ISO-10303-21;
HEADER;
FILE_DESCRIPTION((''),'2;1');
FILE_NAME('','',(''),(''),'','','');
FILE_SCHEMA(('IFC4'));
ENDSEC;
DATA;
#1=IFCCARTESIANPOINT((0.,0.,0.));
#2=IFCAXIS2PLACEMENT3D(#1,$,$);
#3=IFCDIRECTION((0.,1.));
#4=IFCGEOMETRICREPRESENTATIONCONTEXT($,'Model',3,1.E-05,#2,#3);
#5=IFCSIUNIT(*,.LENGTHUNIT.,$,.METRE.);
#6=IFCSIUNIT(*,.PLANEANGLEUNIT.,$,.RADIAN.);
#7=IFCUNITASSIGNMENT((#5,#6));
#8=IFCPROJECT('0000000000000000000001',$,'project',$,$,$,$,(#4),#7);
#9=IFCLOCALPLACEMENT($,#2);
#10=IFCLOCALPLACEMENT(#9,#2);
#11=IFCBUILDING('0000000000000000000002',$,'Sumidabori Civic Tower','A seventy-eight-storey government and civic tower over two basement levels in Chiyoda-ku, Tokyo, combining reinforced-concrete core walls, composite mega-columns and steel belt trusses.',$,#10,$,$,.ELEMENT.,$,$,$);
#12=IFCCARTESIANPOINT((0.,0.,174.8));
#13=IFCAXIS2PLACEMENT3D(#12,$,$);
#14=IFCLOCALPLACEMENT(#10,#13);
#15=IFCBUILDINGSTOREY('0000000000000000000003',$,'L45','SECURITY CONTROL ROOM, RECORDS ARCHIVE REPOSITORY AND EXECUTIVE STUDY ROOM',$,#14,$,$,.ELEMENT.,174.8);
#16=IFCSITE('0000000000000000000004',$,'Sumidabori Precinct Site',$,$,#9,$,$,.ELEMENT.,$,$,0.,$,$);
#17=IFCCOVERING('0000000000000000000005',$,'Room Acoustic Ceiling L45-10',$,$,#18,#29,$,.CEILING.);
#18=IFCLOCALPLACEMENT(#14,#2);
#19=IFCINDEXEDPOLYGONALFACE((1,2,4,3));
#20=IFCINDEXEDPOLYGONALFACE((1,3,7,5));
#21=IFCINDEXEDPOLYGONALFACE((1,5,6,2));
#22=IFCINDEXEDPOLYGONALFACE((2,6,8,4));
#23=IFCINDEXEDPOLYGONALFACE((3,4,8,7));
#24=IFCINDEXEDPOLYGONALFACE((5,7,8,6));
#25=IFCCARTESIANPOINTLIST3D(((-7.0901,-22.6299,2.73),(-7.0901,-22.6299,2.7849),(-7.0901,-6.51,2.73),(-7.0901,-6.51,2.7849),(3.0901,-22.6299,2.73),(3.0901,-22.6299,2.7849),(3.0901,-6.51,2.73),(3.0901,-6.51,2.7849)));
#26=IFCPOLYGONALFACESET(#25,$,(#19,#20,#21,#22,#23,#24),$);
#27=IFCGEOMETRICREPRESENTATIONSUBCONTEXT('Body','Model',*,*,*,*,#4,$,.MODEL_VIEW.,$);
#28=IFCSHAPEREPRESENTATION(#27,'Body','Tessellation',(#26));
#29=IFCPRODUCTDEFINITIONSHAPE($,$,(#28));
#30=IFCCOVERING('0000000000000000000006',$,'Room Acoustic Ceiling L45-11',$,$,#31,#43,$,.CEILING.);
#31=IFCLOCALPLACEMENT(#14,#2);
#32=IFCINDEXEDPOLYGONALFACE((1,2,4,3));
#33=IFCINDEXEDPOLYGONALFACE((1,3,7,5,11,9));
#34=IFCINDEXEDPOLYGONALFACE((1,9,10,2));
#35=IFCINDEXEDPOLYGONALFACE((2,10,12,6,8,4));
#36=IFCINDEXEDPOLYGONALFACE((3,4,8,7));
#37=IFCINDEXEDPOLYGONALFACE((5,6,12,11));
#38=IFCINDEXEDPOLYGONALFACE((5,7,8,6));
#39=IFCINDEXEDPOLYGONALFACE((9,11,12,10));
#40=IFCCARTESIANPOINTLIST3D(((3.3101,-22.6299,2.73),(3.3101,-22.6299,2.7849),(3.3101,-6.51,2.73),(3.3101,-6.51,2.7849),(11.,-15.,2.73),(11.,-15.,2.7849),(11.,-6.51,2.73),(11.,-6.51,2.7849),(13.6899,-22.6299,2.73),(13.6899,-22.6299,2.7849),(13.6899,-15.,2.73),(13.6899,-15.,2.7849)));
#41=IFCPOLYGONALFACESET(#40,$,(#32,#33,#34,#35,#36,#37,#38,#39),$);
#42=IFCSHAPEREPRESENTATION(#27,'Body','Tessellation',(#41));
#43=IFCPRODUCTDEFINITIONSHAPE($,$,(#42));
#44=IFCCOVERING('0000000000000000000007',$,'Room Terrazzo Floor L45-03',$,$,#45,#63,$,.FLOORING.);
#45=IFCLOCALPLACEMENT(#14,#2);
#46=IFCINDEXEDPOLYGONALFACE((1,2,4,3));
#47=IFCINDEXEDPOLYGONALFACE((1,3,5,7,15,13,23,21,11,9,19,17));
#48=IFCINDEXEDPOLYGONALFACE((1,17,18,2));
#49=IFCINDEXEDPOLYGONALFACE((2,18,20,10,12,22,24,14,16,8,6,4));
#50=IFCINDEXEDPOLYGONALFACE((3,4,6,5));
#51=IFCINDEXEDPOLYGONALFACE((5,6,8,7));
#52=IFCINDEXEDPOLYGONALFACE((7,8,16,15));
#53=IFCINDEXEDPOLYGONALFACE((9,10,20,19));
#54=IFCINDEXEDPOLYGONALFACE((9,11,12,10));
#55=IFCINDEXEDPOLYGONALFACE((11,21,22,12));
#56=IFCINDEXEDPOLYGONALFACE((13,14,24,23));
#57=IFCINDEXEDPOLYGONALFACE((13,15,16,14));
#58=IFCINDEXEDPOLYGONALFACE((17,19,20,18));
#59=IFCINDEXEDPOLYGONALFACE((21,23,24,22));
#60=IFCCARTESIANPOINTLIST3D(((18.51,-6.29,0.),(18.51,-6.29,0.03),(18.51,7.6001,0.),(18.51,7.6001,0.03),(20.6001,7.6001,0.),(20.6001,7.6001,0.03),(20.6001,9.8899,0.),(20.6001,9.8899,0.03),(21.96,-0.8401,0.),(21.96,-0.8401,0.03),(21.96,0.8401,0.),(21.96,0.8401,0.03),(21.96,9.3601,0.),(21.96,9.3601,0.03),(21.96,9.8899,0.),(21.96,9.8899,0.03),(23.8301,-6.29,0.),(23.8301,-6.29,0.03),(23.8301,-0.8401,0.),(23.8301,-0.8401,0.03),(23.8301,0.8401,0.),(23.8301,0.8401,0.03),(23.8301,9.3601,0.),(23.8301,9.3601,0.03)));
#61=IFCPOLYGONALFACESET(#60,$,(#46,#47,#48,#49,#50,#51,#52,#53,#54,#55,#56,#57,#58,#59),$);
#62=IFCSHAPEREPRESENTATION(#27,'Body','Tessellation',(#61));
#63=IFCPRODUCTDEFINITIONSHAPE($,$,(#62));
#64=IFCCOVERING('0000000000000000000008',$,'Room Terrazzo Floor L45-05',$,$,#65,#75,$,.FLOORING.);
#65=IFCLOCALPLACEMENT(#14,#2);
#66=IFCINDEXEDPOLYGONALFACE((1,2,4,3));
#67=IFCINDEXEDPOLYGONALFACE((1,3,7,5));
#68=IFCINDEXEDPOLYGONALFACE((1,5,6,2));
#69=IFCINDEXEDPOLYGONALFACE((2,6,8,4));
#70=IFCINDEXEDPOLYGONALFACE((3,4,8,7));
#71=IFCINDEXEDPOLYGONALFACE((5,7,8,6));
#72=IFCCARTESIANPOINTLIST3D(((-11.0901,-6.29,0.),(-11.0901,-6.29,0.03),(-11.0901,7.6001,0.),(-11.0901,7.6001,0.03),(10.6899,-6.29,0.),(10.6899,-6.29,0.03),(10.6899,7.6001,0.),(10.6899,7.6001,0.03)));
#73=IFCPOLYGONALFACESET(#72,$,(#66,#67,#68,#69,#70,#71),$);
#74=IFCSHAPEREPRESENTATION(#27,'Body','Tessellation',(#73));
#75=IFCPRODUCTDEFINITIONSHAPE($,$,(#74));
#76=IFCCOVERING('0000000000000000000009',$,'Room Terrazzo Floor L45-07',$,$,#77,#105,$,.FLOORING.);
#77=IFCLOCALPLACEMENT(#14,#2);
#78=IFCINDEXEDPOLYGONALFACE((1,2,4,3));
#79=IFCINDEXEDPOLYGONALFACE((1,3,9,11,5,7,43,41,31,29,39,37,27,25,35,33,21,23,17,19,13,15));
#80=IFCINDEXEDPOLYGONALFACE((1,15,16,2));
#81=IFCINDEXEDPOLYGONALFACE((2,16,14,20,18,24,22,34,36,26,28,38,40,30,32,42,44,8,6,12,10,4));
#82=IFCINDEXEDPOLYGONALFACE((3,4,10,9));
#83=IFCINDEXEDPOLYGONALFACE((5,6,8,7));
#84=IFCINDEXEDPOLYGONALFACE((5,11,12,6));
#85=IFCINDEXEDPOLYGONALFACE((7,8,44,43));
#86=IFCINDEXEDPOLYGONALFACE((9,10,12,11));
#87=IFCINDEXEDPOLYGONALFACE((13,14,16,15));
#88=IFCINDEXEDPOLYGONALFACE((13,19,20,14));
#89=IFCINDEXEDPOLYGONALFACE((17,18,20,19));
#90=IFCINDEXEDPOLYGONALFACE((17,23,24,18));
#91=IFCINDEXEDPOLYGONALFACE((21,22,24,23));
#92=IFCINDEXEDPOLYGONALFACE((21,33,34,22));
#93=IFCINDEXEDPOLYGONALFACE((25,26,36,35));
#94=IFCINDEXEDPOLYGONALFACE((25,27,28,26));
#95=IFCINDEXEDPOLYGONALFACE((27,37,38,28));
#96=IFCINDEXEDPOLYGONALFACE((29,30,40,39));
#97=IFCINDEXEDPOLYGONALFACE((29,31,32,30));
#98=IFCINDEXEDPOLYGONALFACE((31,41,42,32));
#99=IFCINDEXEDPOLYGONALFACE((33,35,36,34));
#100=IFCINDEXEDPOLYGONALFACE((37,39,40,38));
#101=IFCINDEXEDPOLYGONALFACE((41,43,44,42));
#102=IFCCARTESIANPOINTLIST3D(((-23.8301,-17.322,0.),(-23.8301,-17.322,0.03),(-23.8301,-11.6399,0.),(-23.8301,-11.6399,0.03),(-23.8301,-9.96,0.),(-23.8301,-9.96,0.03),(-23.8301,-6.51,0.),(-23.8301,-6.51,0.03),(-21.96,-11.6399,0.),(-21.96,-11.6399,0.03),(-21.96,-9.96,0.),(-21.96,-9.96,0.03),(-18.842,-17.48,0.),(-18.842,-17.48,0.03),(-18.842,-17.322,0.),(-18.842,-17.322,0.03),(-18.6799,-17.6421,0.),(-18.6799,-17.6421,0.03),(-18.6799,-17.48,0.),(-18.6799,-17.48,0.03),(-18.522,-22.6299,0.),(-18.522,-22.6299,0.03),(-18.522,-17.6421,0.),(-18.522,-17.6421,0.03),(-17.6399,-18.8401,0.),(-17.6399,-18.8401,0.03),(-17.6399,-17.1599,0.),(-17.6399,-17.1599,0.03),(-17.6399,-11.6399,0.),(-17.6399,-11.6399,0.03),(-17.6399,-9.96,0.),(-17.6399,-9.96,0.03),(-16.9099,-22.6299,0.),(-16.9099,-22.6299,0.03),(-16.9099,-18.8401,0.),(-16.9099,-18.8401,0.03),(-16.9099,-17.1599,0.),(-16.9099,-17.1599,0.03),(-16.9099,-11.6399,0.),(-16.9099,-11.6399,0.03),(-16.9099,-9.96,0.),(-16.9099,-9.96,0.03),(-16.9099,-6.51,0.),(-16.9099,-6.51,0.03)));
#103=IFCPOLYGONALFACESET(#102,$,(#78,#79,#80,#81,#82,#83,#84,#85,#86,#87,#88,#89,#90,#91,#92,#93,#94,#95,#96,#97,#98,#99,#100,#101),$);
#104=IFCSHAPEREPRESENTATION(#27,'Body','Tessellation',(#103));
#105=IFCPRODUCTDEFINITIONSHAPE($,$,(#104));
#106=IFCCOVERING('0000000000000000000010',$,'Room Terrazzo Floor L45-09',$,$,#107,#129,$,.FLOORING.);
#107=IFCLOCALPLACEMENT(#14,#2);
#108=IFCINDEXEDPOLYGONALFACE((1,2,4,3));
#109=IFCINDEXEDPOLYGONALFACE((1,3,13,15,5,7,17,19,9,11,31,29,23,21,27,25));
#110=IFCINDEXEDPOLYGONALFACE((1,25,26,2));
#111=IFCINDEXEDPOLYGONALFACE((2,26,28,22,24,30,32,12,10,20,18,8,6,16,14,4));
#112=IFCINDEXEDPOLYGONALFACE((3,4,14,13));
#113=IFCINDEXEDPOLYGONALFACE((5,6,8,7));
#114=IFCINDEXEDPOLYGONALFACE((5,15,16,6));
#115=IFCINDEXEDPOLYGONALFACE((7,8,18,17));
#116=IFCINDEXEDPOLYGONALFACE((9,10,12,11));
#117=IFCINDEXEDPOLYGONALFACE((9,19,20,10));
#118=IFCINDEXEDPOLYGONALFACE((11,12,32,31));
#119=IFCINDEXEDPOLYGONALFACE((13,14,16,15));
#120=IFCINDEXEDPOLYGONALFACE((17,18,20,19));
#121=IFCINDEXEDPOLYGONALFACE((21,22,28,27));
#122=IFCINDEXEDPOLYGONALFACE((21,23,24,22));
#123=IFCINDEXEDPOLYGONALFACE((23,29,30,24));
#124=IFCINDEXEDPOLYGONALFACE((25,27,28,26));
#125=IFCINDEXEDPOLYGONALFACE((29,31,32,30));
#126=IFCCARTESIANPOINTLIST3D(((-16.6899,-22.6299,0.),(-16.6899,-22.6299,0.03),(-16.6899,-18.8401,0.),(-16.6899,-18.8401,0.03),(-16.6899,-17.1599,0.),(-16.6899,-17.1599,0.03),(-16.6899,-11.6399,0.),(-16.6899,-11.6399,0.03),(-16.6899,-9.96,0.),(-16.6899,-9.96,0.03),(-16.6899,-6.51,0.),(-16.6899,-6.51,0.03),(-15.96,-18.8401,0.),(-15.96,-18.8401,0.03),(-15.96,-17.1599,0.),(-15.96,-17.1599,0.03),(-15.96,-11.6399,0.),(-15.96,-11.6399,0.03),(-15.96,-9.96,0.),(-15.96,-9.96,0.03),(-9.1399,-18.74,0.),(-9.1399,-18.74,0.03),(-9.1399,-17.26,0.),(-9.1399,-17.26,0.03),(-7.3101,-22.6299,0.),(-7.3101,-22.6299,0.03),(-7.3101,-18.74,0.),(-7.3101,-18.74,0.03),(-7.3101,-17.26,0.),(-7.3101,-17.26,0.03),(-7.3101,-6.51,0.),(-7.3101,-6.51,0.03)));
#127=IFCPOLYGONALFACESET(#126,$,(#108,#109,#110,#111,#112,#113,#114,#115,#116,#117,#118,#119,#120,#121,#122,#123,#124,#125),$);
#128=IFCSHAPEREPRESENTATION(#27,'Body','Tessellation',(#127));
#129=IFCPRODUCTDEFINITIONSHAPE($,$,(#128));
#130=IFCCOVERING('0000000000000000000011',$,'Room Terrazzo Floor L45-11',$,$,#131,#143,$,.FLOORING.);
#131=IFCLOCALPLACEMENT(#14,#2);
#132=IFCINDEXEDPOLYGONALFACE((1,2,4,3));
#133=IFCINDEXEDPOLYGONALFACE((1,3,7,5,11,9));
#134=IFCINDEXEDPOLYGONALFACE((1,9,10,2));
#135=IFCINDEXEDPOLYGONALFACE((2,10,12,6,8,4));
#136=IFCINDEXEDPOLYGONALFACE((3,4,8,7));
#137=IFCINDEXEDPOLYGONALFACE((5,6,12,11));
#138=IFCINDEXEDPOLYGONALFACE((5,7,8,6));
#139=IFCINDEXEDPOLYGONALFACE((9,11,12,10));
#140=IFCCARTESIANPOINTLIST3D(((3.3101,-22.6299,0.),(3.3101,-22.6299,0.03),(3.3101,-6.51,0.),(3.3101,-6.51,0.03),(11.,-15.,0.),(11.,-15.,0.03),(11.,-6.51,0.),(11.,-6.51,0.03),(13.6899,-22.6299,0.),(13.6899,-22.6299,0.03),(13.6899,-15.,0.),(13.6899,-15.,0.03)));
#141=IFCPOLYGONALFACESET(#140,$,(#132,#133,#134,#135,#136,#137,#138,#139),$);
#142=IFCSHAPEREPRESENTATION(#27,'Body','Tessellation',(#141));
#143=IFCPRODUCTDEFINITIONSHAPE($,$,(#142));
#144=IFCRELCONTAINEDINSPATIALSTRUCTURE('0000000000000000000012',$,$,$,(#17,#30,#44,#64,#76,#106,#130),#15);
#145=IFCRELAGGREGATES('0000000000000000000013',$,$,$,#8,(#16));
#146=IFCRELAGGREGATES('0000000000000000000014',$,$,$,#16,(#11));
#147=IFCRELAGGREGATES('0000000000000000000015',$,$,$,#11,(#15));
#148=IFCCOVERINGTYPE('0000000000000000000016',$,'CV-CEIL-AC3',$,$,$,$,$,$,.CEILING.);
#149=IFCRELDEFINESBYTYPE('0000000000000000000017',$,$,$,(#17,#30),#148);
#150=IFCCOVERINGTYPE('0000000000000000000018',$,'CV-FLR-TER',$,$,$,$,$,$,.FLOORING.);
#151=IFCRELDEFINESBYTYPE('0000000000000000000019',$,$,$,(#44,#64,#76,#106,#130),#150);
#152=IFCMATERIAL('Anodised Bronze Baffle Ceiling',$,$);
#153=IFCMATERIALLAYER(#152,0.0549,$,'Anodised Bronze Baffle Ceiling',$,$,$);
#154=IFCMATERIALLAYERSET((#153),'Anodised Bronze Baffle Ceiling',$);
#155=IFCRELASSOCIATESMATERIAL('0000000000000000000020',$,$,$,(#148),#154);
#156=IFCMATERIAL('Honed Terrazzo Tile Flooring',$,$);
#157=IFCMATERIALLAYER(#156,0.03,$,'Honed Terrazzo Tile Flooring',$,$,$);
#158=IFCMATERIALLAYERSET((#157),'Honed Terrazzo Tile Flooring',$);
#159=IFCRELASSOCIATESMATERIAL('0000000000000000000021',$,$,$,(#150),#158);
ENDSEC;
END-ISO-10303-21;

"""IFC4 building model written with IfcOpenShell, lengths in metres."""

from ifc_helpers import new_model, si_unit, direction, frame, origin, place, context, subcontext, project, spatial, polyline, outline, extrude, material, layer, layer_set, type_object, element, save


model = new_model("IFC4")

# Units and contexts
model_context = context("Model", 3, precision=1e-05, world=origin(), true_north=direction((0.0, 1.0)))
body_context = subcontext(model_context, "Body", "Model", "MODEL_VIEW")
ifc_project = project(units=[si_unit("LENGTHUNIT", "METRE"), si_unit("PLANEANGLEUNIT", "RADIAN")], contexts=[model_context])

# Site, building, storey
site_placement = place(None, origin())
site = spatial("IfcSite", under=ifc_project, at=site_placement, Name="Sumidabori Precinct Site", CompositionType="ELEMENT", RefElevation=0.0)
building_placement = place(site_placement, origin())
building = spatial("IfcBuilding", under=site, at=building_placement, Name="Sumidabori Civic Tower", Description="A seventy-eight-storey government and civic tower over two basement levels in Chiyoda-ku, Tokyo, combining reinforced-concrete core walls, composite mega-columns and steel belt trusses.", CompositionType="ELEMENT")
storey_placement = place(building_placement, frame((0.0, 0.0, 174.8)))
storey = spatial("IfcBuildingStorey", under=building, at=storey_placement, Name="L45", Description="SECURITY CONTROL ROOM, RECORDS ARCHIVE REPOSITORY AND EXECUTIVE STUDY ROOM", CompositionType="ELEMENT", Elevation=174.8)

# Coverings
ifc_material_1 = material(Name="Anodised Bronze Baffle Ceiling")
ifc_layer_1 = layer(ifc_material_1, 0.0549, Name="Anodised Bronze Baffle Ceiling")
ifc_layer_set_1 = layer_set([ifc_layer_1], Name="Anodised Bronze Baffle Ceiling")
covering_type_1 = type_object("IfcCoveringType", Name="CV-CEIL-AC3", PredefinedType="CEILING", material=ifc_layer_set_1)
covering_1_placement = place(storey_placement, frame((0.0, 0.0, 2.73)))
element("IfcCovering", 1, at=covering_1_placement, inside=storey, type_object=covering_type_1, Name="Room Acoustic Ceiling L45-10", PredefinedType="CEILING", context=body_context, shape_type="SweptSolid", body=[
    extrude(outline(polyline([(-7.0901, -6.51), (3.0901, -6.51), (3.0901, -22.6299), (-7.0901, -22.6299), (-7.0901, -6.51)])), origin(), (0.0, 0.0, 1.0), 0.0549),
])
covering_2_placement = place(storey_placement, frame((0.0, 0.0, 2.73)))
element("IfcCovering", 2, at=covering_2_placement, inside=storey, type_object=covering_type_1, Name="Room Acoustic Ceiling L45-11", PredefinedType="CEILING", context=body_context, shape_type="SweptSolid", body=[
    extrude(outline(polyline([(3.3101, -6.51), (11.0, -6.51), (11.0, -15.0), (13.6899, -15.0), (13.6899, -22.6299), (3.3101, -22.6299), (3.3101, -6.51)])), origin(), (0.0, 0.0, 1.0), 0.0549),
])
ifc_material_2 = material(Name="Honed Terrazzo Tile Flooring")
ifc_layer_2 = layer(ifc_material_2, 0.03, Name="Honed Terrazzo Tile Flooring")
ifc_layer_set_2 = layer_set([ifc_layer_2], Name="Honed Terrazzo Tile Flooring")
covering_type_2 = type_object("IfcCoveringType", Name="CV-FLR-TER", PredefinedType="FLOORING", material=ifc_layer_set_2)
covering_3_placement = place(storey_placement, origin())
element("IfcCovering", 3, at=covering_3_placement, inside=storey, type_object=covering_type_2, Name="Room Terrazzo Floor L45-03", PredefinedType="FLOORING", context=body_context, shape_type="SweptSolid", body=[
    extrude(outline(polyline([(18.51, 7.6001), (20.6001, 7.6001), (20.6001, 9.8899), (21.96, 9.8899), (21.96, 9.3601), (23.8301, 9.3601), (23.8301, 0.8401), (21.96, 0.8401), (21.96, -0.8401), (23.8301, -0.8401), (23.8301, -6.29), (18.51, -6.29), (18.51, 7.6001)])), origin(), (0.0, 0.0, 1.0), 0.03),
])
covering_4_placement = place(storey_placement, origin())
element("IfcCovering", 4, at=covering_4_placement, inside=storey, type_object=covering_type_2, Name="Room Terrazzo Floor L45-05", PredefinedType="FLOORING", context=body_context, shape_type="SweptSolid", body=[
    extrude(outline(polyline([(-11.0901, 7.6001), (10.6899, 7.6001), (10.6899, -6.29), (-11.0901, -6.29), (-11.0901, 7.6001)])), origin(), (0.0, 0.0, 1.0), 0.03),
])
covering_5_placement = place(storey_placement, origin())
element("IfcCovering", 5, at=covering_5_placement, inside=storey, type_object=covering_type_2, Name="Room Terrazzo Floor L45-07", PredefinedType="FLOORING", context=body_context, shape_type="SweptSolid", body=[
    extrude(outline(polyline([(-21.96, -11.6399), (-21.96, -9.96), (-23.8301, -9.96), (-23.8301, -6.51), (-16.9099, -6.51), (-16.9099, -9.96), (-17.6399, -9.96), (-17.6399, -11.6399), (-16.9099, -11.6399), (-16.9099, -17.1599), (-17.6399, -17.1599), (-17.6399, -18.8401), (-16.9099, -18.8401), (-16.9099, -22.6299), (-18.522, -22.6299), (-18.522, -17.6421), (-18.6799, -17.6421), (-18.6799, -17.48), (-18.842, -17.48), (-18.842, -17.322), (-23.8301, -17.322), (-23.8301, -11.6399), (-21.96, -11.6399)])), origin(), (0.0, 0.0, 1.0), 0.03),
])
covering_6_placement = place(storey_placement, origin())
element("IfcCovering", 6, at=covering_6_placement, inside=storey, type_object=covering_type_2, Name="Room Terrazzo Floor L45-09", PredefinedType="FLOORING", context=body_context, shape_type="SweptSolid", body=[
    extrude(outline(polyline([(-16.6899, -18.8401), (-15.96, -18.8401), (-15.96, -17.1599), (-16.6899, -17.1599), (-16.6899, -11.6399), (-15.96, -11.6399), (-15.96, -9.96), (-16.6899, -9.96), (-16.6899, -6.51), (-7.3101, -6.51), (-7.3101, -17.26), (-9.1399, -17.26), (-9.1399, -18.74), (-7.3101, -18.74), (-7.3101, -22.6299), (-16.6899, -22.6299), (-16.6899, -18.8401)])), origin(), (0.0, 0.0, 1.0), 0.03),
])
covering_7_placement = place(storey_placement, origin())
element("IfcCovering", 7, at=covering_7_placement, inside=storey, type_object=covering_type_2, Name="Room Terrazzo Floor L45-11", PredefinedType="FLOORING", context=body_context, shape_type="SweptSolid", body=[
    extrude(outline(polyline([(3.3101, -6.51), (11.0, -6.51), (11.0, -15.0), (13.6899, -15.0), (13.6899, -22.6299), (3.3101, -22.6299), (3.3101, -6.51)])), origin(), (0.0, 0.0, 1.0), 0.03),
])

save(model, "model.ifc")
